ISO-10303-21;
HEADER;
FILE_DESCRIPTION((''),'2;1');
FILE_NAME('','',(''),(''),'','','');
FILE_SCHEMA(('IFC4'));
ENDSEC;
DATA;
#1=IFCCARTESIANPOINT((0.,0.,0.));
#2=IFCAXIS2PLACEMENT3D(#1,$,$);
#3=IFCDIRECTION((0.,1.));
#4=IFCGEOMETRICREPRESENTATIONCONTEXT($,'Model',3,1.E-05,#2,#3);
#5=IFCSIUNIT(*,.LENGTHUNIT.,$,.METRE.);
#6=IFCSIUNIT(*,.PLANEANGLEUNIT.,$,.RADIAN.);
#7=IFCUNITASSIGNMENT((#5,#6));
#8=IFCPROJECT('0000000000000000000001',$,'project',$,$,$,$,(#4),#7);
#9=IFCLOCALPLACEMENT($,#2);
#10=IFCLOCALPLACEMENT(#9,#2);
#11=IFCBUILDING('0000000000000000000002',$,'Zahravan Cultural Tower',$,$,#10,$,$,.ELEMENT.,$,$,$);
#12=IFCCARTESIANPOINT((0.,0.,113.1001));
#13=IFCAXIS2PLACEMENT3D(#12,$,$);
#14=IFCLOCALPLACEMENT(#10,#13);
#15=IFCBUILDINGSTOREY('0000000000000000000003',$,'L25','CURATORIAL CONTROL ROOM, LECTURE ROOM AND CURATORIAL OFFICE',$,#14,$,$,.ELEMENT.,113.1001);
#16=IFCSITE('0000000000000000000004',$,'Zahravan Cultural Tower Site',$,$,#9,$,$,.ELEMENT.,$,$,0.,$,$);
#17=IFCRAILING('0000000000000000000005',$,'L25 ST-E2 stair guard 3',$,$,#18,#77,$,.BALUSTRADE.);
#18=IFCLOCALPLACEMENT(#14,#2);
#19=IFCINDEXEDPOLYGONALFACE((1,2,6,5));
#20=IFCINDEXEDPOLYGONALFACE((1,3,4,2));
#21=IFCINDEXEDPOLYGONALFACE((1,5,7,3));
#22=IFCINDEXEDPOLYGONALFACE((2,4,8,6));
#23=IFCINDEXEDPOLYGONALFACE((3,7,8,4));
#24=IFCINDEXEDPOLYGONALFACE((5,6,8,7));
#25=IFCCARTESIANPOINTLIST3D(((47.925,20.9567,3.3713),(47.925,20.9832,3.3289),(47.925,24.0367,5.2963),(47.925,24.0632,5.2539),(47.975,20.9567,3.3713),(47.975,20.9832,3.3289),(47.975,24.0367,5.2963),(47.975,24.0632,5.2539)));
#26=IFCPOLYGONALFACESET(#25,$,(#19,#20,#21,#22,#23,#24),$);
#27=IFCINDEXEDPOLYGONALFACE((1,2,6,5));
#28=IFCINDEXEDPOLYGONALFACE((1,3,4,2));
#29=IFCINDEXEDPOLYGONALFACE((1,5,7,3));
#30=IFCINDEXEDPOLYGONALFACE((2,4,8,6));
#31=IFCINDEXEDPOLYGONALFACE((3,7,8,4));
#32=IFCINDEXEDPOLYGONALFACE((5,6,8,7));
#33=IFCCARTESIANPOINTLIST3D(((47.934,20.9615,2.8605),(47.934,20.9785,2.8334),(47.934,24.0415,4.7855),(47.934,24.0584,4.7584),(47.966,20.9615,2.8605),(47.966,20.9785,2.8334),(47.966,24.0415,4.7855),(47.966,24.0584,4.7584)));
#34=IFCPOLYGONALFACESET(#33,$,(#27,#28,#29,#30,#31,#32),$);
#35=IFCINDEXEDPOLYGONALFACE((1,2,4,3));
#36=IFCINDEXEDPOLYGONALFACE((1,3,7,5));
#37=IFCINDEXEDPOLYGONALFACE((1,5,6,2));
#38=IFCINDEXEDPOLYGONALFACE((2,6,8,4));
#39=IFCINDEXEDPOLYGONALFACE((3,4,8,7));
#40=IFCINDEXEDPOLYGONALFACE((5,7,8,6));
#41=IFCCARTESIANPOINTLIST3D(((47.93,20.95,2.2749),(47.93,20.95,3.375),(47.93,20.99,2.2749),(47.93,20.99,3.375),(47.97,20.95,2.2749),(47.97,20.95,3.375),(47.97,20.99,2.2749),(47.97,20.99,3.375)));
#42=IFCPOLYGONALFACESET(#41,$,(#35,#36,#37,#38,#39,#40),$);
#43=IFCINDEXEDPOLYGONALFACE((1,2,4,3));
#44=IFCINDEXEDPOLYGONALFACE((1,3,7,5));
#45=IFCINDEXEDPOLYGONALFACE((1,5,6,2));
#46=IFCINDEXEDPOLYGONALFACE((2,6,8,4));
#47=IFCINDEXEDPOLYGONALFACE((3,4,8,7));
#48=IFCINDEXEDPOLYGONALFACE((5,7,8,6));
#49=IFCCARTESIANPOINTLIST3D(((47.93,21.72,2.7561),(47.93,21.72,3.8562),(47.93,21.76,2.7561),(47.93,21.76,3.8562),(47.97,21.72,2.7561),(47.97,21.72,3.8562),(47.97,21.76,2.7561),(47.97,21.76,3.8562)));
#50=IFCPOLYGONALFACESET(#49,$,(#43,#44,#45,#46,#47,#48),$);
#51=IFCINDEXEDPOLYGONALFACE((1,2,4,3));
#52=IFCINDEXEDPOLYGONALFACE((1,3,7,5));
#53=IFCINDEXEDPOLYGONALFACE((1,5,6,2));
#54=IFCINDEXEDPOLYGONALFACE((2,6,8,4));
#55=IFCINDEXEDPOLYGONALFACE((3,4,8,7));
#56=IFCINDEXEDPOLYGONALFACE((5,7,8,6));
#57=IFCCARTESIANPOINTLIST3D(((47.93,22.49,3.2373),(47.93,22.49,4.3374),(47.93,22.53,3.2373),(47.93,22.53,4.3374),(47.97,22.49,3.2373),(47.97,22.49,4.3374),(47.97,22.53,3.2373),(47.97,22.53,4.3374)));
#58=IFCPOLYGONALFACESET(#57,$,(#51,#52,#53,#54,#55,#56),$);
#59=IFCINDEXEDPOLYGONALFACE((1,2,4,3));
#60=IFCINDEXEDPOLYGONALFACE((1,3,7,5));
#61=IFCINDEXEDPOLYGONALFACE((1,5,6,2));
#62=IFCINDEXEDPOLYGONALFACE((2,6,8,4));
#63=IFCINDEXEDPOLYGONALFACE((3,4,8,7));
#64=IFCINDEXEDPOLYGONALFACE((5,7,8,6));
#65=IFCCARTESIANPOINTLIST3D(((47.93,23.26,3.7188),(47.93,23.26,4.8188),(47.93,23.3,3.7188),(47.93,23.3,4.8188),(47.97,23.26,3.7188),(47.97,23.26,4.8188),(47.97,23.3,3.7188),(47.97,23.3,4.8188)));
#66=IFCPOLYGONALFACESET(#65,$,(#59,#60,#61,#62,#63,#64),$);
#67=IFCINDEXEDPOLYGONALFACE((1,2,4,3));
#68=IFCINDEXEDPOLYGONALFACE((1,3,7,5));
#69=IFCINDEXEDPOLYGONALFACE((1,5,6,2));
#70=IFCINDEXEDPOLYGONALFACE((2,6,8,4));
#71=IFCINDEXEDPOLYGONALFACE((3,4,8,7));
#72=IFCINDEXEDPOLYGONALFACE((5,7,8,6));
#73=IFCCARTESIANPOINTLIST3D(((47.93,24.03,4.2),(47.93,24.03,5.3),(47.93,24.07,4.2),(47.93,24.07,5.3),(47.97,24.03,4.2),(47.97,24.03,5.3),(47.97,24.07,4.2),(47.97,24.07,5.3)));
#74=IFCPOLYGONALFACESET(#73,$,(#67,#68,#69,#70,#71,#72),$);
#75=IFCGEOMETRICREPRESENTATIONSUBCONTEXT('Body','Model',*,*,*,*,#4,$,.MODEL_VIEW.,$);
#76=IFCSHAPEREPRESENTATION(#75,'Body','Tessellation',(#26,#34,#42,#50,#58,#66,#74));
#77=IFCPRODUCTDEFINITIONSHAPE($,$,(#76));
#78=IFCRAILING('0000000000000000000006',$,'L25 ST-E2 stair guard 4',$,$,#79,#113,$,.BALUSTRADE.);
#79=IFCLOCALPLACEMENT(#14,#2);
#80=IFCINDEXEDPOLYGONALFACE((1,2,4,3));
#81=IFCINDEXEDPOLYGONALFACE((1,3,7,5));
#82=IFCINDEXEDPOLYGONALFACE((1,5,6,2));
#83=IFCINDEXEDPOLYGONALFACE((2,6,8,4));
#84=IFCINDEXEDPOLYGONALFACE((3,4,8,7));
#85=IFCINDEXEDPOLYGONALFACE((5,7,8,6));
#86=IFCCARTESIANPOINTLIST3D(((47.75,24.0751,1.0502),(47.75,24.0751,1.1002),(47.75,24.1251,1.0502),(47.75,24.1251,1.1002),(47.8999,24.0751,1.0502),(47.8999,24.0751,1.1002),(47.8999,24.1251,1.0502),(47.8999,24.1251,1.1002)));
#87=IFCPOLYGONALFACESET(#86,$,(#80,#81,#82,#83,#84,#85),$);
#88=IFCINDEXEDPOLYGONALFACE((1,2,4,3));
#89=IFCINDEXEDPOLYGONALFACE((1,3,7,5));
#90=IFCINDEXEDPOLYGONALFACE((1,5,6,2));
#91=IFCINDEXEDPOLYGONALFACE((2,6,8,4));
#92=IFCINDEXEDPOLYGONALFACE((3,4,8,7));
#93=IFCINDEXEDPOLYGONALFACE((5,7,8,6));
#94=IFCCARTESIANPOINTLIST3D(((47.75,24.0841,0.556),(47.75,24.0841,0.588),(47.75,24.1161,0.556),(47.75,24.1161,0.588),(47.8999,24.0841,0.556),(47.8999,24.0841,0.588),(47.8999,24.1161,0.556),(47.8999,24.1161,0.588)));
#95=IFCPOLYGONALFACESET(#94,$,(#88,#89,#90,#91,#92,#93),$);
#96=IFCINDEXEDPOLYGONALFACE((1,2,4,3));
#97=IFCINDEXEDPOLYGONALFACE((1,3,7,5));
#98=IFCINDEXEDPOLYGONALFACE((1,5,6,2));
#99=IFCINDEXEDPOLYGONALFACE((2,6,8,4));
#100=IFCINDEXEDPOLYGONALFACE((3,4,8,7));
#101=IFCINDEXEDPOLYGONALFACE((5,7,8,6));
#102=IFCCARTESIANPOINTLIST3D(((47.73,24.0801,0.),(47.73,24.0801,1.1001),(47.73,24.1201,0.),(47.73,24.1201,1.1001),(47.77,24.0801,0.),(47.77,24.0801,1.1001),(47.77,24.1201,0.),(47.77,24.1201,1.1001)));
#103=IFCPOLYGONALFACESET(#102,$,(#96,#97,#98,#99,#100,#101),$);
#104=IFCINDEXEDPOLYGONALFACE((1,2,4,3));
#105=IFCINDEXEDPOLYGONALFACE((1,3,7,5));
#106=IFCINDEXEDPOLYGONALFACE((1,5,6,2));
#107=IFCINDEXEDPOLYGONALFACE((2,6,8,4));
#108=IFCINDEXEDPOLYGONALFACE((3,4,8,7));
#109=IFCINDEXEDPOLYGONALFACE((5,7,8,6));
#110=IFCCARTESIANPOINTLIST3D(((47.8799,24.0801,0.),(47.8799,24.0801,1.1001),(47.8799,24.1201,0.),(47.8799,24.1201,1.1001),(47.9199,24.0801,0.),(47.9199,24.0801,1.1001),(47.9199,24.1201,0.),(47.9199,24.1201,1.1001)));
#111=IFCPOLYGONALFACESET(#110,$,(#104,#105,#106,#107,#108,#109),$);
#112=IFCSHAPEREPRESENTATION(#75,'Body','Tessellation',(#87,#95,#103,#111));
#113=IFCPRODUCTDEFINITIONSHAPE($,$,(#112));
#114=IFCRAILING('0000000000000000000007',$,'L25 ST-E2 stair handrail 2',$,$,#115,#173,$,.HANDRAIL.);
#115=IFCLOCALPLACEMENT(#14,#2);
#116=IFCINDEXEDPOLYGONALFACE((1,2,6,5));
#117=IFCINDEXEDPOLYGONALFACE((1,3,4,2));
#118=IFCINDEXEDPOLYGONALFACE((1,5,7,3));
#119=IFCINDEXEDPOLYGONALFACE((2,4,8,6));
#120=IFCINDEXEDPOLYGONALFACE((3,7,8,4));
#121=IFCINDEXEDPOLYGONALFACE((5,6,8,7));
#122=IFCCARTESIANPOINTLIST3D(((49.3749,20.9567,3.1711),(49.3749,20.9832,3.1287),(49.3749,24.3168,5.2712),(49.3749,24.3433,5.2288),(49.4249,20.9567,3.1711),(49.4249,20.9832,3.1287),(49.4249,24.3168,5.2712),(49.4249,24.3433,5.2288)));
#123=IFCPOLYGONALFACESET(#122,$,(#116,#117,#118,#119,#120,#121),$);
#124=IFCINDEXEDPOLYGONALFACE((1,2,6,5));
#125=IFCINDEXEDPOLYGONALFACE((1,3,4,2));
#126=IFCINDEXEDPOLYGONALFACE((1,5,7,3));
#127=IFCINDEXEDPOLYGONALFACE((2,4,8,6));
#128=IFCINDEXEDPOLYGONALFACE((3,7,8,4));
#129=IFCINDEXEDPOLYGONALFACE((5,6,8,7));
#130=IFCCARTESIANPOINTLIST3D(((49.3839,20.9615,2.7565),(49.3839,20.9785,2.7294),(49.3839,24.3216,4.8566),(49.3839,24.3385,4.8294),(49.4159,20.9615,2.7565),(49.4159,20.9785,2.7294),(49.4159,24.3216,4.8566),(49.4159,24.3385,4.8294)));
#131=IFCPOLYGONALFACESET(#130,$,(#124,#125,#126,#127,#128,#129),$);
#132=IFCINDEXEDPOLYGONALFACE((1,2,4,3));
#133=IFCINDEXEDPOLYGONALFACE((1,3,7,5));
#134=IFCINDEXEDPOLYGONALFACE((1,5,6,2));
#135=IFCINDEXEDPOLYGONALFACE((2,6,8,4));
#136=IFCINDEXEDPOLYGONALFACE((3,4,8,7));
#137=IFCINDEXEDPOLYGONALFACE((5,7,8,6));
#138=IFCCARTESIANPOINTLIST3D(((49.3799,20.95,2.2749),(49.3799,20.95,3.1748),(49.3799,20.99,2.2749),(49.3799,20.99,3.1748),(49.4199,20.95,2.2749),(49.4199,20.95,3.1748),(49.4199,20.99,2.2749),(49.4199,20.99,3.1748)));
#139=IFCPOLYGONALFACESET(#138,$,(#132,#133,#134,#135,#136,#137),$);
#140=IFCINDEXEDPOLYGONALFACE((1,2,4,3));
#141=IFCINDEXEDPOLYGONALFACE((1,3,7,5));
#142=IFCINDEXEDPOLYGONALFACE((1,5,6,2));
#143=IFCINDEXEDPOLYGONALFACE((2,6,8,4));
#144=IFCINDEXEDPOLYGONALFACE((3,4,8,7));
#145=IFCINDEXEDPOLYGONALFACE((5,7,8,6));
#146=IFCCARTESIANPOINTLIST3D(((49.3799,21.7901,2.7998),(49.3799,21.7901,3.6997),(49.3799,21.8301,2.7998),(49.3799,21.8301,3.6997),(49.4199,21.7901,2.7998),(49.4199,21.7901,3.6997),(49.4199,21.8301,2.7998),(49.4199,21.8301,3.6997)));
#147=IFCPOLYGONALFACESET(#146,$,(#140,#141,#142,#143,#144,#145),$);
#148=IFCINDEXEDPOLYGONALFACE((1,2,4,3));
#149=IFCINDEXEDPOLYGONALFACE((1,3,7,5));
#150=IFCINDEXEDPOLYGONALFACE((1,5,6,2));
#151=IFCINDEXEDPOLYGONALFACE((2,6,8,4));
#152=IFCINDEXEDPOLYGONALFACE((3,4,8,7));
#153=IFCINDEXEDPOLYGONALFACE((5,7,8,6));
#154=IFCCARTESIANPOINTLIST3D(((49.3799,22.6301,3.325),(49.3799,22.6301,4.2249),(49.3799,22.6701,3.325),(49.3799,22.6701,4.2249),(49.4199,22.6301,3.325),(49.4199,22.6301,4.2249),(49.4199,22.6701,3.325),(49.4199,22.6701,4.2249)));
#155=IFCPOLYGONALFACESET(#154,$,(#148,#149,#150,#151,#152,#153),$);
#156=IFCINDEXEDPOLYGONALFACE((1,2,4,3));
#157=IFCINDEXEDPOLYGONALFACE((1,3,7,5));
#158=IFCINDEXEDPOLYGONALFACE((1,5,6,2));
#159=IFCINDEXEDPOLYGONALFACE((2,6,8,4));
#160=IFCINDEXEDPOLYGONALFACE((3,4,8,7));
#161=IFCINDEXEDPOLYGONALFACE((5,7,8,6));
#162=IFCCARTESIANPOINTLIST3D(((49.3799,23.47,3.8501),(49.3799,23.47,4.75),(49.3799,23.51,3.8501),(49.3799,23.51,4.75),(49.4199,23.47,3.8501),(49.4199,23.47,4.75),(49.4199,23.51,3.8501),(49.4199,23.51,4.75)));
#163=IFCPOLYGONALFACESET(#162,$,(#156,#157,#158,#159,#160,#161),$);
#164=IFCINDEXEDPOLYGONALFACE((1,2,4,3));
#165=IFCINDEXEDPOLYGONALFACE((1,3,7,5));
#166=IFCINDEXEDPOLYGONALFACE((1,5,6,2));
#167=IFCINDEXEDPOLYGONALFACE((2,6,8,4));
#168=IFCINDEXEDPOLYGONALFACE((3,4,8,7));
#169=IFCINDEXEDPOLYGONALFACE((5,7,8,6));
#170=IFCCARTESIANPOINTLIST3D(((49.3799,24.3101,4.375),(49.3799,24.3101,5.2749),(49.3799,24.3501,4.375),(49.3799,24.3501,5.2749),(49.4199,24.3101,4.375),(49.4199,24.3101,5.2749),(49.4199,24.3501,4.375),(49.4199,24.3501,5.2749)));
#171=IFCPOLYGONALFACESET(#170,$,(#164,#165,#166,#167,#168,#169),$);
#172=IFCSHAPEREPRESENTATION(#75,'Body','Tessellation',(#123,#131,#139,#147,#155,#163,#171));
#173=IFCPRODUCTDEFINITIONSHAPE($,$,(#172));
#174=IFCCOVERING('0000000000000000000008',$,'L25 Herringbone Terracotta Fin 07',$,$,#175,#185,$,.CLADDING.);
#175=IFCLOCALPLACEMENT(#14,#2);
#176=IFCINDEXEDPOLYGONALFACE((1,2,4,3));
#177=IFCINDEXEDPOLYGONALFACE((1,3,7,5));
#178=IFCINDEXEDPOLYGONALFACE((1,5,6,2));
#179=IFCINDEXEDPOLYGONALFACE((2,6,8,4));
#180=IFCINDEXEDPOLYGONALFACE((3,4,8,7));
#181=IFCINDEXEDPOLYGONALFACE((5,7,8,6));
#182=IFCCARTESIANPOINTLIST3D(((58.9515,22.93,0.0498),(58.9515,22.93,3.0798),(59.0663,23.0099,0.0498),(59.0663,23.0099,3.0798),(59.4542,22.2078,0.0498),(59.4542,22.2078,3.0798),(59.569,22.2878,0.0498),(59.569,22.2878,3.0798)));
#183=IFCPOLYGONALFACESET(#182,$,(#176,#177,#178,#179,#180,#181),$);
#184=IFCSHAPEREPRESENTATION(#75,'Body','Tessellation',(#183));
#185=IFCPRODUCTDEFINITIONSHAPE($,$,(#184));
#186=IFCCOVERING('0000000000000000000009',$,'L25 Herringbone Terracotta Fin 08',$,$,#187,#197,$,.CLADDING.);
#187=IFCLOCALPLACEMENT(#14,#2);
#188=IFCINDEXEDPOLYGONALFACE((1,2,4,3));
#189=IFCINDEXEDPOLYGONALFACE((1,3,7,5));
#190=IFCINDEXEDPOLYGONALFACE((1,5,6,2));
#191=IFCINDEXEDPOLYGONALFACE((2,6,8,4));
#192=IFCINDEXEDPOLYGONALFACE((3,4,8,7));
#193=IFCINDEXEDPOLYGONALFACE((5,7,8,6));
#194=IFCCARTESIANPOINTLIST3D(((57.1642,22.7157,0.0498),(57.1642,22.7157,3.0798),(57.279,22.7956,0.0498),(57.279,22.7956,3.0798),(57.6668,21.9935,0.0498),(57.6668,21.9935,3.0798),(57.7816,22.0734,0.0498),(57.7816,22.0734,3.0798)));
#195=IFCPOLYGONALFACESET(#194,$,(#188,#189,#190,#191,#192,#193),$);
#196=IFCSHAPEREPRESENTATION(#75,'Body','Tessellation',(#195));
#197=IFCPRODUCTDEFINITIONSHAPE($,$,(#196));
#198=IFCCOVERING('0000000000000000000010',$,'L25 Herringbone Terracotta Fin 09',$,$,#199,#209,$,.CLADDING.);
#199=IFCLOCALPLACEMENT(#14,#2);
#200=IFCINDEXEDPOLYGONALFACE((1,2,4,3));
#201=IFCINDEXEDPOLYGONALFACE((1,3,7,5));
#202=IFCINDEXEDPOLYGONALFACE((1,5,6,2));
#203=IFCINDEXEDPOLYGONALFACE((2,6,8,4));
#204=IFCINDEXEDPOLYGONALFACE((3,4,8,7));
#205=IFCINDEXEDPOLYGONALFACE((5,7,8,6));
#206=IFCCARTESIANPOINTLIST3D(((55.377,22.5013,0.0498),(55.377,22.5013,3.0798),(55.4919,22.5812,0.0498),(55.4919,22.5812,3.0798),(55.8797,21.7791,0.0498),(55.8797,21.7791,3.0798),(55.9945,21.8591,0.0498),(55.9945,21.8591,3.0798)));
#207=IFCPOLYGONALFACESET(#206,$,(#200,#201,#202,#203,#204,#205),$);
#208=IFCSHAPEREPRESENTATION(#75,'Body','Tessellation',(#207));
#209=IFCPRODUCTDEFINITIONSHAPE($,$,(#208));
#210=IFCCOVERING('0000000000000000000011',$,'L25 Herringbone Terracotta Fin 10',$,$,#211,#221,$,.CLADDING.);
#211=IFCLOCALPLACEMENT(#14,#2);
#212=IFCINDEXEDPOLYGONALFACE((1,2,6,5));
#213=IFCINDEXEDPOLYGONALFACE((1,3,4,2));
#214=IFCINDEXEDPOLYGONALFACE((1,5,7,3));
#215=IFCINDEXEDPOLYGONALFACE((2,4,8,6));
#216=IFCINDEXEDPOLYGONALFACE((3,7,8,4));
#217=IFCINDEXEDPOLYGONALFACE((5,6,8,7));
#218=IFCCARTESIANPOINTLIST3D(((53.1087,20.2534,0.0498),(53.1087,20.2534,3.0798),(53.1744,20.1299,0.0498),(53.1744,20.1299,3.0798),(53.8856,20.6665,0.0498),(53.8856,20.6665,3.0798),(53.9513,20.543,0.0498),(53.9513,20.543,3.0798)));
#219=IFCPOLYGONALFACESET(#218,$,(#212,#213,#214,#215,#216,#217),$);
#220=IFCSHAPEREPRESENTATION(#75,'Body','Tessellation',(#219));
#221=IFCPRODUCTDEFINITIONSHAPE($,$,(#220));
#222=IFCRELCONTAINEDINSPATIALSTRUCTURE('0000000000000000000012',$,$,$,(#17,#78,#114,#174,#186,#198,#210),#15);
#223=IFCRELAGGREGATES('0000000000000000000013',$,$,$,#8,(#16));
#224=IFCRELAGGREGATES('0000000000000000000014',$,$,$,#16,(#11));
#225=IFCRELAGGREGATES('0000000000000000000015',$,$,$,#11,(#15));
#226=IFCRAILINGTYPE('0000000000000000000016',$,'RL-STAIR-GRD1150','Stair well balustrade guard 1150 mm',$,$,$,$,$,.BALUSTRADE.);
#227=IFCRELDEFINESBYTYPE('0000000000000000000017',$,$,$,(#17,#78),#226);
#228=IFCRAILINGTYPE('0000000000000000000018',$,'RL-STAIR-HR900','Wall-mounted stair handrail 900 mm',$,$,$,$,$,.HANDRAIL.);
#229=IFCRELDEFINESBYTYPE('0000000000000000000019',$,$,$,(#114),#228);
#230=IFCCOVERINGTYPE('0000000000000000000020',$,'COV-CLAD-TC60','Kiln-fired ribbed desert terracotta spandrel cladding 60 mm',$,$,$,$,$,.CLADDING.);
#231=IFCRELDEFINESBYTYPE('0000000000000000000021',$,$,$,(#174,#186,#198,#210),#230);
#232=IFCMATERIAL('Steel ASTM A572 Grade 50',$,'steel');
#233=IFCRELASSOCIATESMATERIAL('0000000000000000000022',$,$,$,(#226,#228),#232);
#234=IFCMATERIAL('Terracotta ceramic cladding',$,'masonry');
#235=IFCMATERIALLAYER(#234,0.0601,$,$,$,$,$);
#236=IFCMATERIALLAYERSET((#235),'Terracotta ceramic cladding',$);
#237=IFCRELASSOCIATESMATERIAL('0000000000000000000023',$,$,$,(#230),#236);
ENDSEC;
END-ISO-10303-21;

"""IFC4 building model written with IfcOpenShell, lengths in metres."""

from ifc_helpers import new_model, si_unit, direction, frame, origin, origin_2d, place, context, subcontext, project, spatial, rectangle, extrude, source, transform, mapped, material, layer, layer_set, type_object, element, save


model = new_model("IFC4")

# Units and contexts
model_context = context("Model", 3, precision=1e-05, world=origin(), true_north=direction((0.0, 1.0)))
body_context = subcontext(model_context, "Body", "Model", "MODEL_VIEW")
ifc_project = project(units=[si_unit("LENGTHUNIT", "METRE"), si_unit("PLANEANGLEUNIT", "RADIAN")], contexts=[model_context])

# Site, building, storey
site_placement = place(None, origin())
site = spatial("IfcSite", under=ifc_project, at=site_placement, Name="Zahravan Cultural Tower Site", CompositionType="ELEMENT", RefElevation=0.0)
building_placement = place(site_placement, origin())
building = spatial("IfcBuilding", under=site, at=building_placement, Name="Zahravan Cultural Tower", CompositionType="ELEMENT")
storey_placement = place(building_placement, frame((0.0, 0.0, 113.1001)))
storey = spatial("IfcBuildingStorey", under=building, at=storey_placement, Name="L25", Description="CURATORIAL CONTROL ROOM, LECTURE ROOM AND CURATORIAL OFFICE", CompositionType="ELEMENT", Elevation=113.1001)

# Railings
ifc_material_1 = material(Name="Steel ASTM A572 Grade 50", Category="steel")
railing_type_1 = type_object("IfcRailingType", Name="RL-STAIR-GRD1150", Description="Stair well balustrade guard 1150 mm", PredefinedType="BALUSTRADE", material=ifc_material_1)
railing_1_placement = place(storey_placement, frame((47.95, 20.97, 2.2749)))
element("IfcRailing", 1, at=railing_1_placement, inside=storey, type_object=railing_type_1, Name="L25 ST-E2 stair guard 3", PredefinedType="BALUSTRADE", context=body_context, shape_type="SweptSolid", body=[
    extrude(rectangle(XDim=0.05, YDim=0.05, at=origin_2d()), frame((0.0, 0.0, 1.0752), z_axis=(0.0, 0.847998, 0.529999), x_axis=(-1.0, 0.0, 0.0)), (0.0, 0.0, 1.0), 3.6321),
    extrude(rectangle(XDim=0.032, YDim=0.032, at=origin_2d()), frame((0.0, 0.0, 0.572), z_axis=(0.0, 0.847998, 0.529999), x_axis=(-1.0, 0.0, 0.0)), (0.0, 0.0, 1.0), 3.6321),
    extrude(rectangle(XDim=0.04, YDim=0.04, at=origin_2d()), origin(), (0.0, 0.0, 1.0), 1.1001),
    extrude(rectangle(XDim=0.04, YDim=0.04, at=origin_2d()), frame((0.0, 0.77, 0.4812)), (0.0, 0.0, 1.0), 1.1001),
    extrude(rectangle(XDim=0.04, YDim=0.04, at=origin_2d()), frame((0.0, 1.54, 0.9624)), (0.0, 0.0, 1.0), 1.1001),
    extrude(rectangle(XDim=0.04, YDim=0.04, at=origin_2d()), frame((0.0, 2.3101, 1.4438)), (0.0, 0.0, 1.0), 1.1001),
    extrude(rectangle(XDim=0.04, YDim=0.04, at=origin_2d()), frame((0.0, 3.0801, 1.925)), (0.0, 0.0, 1.0), 1.1001),
])
railing_2_placement = place(storey_placement, frame((47.75, 24.1001, 0.0)))
element("IfcRailing", 2, at=railing_2_placement, inside=storey, type_object=railing_type_1, Name="L25 ST-E2 stair guard 4", PredefinedType="BALUSTRADE", context=body_context, shape_type="SweptSolid", body=[
    extrude(rectangle(XDim=0.05, YDim=0.05, at=origin_2d()), frame((0.0, 0.0, 1.0752), z_axis=(1.0, 0.0, 0.0), x_axis=(0.0, 1.0, 0.0)), (0.0, 0.0, 1.0), 0.1499),
    extrude(rectangle(XDim=0.032, YDim=0.032, at=origin_2d()), frame((0.0, 0.0, 0.572), z_axis=(1.0, 0.0, 0.0), x_axis=(0.0, 1.0, 0.0)), (0.0, 0.0, 1.0), 0.1499),
    extrude(rectangle(XDim=0.04, YDim=0.04, at=origin_2d()), origin(), (0.0, 0.0, 1.0), 1.1001),
    extrude(rectangle(XDim=0.04, YDim=0.04, at=origin_2d()), frame((0.1499, 0.0, 0.0)), (0.0, 0.0, 1.0), 1.1001),
])
railing_type_2 = type_object("IfcRailingType", Name="RL-STAIR-HR900", Description="Wall-mounted stair handrail 900 mm", PredefinedType="HANDRAIL", material=ifc_material_1)
railing_3_placement = place(storey_placement, frame((49.3999, 20.97, 2.2749)))
element("IfcRailing", 3, at=railing_3_placement, inside=storey, type_object=railing_type_2, Name="L25 ST-E2 stair handrail 2", PredefinedType="HANDRAIL", context=body_context, shape_type="SweptSolid", body=[
    extrude(rectangle(XDim=0.05, YDim=0.05, at=origin_2d()), frame((0.0, 0.0, 0.875), z_axis=(0.0, 0.847995, 0.530004), x_axis=(-1.0, 0.0, 0.0)), (0.0, 0.0, 1.0), 3.9624),
    extrude(rectangle(XDim=0.032, YDim=0.032, at=origin_2d()), frame((0.0, 0.0, 0.468), z_axis=(0.0, 0.847995, 0.530004), x_axis=(-1.0, 0.0, 0.0)), (0.0, 0.0, 1.0), 3.9624),
    extrude(rectangle(XDim=0.04, YDim=0.04, at=origin_2d()), origin(), (0.0, 0.0, 1.0), 0.8999),
    extrude(rectangle(XDim=0.04, YDim=0.04, at=origin_2d()), frame((0.0, 0.8401, 0.5249)), (0.0, 0.0, 1.0), 0.8999),
    extrude(rectangle(XDim=0.04, YDim=0.04, at=origin_2d()), frame((0.0, 1.6802, 1.05)), (0.0, 0.0, 1.0), 0.8999),
    extrude(rectangle(XDim=0.04, YDim=0.04, at=origin_2d()), frame((0.0, 2.52, 1.5752)), (0.0, 0.0, 1.0), 0.8999),
    extrude(rectangle(XDim=0.04, YDim=0.04, at=origin_2d()), frame((0.0, 3.3601, 2.1001)), (0.0, 0.0, 1.0), 0.8999),
])

# Coverings
ifc_material_2 = material(Name="Terracotta ceramic cladding", Category="masonry")
ifc_layer_1 = layer(ifc_material_2, 0.0601)
ifc_layer_set_1 = layer_set([ifc_layer_1], Name="Terracotta ceramic cladding")
covering_type = type_object("IfcCoveringType", Name="COV-CLAD-TC60", Description="Kiln-fired ribbed desert terracotta spandrel cladding 60 mm", PredefinedType="CLADDING", material=ifc_layer_set_1)
shared_shape_1 = source(origin(), body_context, "Body", "SweptSolid", [
    extrude(rectangle(XDim=0.8799, YDim=0.1399, at=origin_2d()), origin(), (0.0, 0.0, 1.0), 3.03),
])
for number, where, z_axis, x_axis, name in (
    (4, (59.2603, 22.6089, 0.0498), (0.0, 0.0, 1.0), (0.571287, -0.820751, 0.0), "L25 Herringbone Terracotta Fin 07"),
    (5, (57.4729, 22.3945, 0.0498), (0.0, 0.0, 1.0), (0.571287, -0.820751, 0.0), "L25 Herringbone Terracotta Fin 08"),
    (6, (55.6858, 22.1802, 0.0498), (0.0, 0.0, 1.0), (0.571287, -0.820751, 0.0), "L25 Herringbone Terracotta Fin 09"),
    (7, (53.53, 20.3982, 0.0498), (0.0, 0.0, 1.0), (0.882948, 0.469472, 0.0), "L25 Herringbone Terracotta Fin 10"),
):
    element("IfcCovering", number, at=place(storey_placement, frame(where, z_axis=z_axis, x_axis=x_axis)), inside=storey, type_object=covering_type, Name=name, PredefinedType="CLADDING", context=body_context, shape_type="MappedRepresentation", body=[
        mapped(shared_shape_1, transform((0.0, 0.0, 0.0), x_axis=(1.0, 0.0, 0.0), y_axis=(0.0, 1.0, 0.0), z_axis=(0.0, 0.0, 1.0), scale=1.0)),
    ])

save(model, "model.ifc")
